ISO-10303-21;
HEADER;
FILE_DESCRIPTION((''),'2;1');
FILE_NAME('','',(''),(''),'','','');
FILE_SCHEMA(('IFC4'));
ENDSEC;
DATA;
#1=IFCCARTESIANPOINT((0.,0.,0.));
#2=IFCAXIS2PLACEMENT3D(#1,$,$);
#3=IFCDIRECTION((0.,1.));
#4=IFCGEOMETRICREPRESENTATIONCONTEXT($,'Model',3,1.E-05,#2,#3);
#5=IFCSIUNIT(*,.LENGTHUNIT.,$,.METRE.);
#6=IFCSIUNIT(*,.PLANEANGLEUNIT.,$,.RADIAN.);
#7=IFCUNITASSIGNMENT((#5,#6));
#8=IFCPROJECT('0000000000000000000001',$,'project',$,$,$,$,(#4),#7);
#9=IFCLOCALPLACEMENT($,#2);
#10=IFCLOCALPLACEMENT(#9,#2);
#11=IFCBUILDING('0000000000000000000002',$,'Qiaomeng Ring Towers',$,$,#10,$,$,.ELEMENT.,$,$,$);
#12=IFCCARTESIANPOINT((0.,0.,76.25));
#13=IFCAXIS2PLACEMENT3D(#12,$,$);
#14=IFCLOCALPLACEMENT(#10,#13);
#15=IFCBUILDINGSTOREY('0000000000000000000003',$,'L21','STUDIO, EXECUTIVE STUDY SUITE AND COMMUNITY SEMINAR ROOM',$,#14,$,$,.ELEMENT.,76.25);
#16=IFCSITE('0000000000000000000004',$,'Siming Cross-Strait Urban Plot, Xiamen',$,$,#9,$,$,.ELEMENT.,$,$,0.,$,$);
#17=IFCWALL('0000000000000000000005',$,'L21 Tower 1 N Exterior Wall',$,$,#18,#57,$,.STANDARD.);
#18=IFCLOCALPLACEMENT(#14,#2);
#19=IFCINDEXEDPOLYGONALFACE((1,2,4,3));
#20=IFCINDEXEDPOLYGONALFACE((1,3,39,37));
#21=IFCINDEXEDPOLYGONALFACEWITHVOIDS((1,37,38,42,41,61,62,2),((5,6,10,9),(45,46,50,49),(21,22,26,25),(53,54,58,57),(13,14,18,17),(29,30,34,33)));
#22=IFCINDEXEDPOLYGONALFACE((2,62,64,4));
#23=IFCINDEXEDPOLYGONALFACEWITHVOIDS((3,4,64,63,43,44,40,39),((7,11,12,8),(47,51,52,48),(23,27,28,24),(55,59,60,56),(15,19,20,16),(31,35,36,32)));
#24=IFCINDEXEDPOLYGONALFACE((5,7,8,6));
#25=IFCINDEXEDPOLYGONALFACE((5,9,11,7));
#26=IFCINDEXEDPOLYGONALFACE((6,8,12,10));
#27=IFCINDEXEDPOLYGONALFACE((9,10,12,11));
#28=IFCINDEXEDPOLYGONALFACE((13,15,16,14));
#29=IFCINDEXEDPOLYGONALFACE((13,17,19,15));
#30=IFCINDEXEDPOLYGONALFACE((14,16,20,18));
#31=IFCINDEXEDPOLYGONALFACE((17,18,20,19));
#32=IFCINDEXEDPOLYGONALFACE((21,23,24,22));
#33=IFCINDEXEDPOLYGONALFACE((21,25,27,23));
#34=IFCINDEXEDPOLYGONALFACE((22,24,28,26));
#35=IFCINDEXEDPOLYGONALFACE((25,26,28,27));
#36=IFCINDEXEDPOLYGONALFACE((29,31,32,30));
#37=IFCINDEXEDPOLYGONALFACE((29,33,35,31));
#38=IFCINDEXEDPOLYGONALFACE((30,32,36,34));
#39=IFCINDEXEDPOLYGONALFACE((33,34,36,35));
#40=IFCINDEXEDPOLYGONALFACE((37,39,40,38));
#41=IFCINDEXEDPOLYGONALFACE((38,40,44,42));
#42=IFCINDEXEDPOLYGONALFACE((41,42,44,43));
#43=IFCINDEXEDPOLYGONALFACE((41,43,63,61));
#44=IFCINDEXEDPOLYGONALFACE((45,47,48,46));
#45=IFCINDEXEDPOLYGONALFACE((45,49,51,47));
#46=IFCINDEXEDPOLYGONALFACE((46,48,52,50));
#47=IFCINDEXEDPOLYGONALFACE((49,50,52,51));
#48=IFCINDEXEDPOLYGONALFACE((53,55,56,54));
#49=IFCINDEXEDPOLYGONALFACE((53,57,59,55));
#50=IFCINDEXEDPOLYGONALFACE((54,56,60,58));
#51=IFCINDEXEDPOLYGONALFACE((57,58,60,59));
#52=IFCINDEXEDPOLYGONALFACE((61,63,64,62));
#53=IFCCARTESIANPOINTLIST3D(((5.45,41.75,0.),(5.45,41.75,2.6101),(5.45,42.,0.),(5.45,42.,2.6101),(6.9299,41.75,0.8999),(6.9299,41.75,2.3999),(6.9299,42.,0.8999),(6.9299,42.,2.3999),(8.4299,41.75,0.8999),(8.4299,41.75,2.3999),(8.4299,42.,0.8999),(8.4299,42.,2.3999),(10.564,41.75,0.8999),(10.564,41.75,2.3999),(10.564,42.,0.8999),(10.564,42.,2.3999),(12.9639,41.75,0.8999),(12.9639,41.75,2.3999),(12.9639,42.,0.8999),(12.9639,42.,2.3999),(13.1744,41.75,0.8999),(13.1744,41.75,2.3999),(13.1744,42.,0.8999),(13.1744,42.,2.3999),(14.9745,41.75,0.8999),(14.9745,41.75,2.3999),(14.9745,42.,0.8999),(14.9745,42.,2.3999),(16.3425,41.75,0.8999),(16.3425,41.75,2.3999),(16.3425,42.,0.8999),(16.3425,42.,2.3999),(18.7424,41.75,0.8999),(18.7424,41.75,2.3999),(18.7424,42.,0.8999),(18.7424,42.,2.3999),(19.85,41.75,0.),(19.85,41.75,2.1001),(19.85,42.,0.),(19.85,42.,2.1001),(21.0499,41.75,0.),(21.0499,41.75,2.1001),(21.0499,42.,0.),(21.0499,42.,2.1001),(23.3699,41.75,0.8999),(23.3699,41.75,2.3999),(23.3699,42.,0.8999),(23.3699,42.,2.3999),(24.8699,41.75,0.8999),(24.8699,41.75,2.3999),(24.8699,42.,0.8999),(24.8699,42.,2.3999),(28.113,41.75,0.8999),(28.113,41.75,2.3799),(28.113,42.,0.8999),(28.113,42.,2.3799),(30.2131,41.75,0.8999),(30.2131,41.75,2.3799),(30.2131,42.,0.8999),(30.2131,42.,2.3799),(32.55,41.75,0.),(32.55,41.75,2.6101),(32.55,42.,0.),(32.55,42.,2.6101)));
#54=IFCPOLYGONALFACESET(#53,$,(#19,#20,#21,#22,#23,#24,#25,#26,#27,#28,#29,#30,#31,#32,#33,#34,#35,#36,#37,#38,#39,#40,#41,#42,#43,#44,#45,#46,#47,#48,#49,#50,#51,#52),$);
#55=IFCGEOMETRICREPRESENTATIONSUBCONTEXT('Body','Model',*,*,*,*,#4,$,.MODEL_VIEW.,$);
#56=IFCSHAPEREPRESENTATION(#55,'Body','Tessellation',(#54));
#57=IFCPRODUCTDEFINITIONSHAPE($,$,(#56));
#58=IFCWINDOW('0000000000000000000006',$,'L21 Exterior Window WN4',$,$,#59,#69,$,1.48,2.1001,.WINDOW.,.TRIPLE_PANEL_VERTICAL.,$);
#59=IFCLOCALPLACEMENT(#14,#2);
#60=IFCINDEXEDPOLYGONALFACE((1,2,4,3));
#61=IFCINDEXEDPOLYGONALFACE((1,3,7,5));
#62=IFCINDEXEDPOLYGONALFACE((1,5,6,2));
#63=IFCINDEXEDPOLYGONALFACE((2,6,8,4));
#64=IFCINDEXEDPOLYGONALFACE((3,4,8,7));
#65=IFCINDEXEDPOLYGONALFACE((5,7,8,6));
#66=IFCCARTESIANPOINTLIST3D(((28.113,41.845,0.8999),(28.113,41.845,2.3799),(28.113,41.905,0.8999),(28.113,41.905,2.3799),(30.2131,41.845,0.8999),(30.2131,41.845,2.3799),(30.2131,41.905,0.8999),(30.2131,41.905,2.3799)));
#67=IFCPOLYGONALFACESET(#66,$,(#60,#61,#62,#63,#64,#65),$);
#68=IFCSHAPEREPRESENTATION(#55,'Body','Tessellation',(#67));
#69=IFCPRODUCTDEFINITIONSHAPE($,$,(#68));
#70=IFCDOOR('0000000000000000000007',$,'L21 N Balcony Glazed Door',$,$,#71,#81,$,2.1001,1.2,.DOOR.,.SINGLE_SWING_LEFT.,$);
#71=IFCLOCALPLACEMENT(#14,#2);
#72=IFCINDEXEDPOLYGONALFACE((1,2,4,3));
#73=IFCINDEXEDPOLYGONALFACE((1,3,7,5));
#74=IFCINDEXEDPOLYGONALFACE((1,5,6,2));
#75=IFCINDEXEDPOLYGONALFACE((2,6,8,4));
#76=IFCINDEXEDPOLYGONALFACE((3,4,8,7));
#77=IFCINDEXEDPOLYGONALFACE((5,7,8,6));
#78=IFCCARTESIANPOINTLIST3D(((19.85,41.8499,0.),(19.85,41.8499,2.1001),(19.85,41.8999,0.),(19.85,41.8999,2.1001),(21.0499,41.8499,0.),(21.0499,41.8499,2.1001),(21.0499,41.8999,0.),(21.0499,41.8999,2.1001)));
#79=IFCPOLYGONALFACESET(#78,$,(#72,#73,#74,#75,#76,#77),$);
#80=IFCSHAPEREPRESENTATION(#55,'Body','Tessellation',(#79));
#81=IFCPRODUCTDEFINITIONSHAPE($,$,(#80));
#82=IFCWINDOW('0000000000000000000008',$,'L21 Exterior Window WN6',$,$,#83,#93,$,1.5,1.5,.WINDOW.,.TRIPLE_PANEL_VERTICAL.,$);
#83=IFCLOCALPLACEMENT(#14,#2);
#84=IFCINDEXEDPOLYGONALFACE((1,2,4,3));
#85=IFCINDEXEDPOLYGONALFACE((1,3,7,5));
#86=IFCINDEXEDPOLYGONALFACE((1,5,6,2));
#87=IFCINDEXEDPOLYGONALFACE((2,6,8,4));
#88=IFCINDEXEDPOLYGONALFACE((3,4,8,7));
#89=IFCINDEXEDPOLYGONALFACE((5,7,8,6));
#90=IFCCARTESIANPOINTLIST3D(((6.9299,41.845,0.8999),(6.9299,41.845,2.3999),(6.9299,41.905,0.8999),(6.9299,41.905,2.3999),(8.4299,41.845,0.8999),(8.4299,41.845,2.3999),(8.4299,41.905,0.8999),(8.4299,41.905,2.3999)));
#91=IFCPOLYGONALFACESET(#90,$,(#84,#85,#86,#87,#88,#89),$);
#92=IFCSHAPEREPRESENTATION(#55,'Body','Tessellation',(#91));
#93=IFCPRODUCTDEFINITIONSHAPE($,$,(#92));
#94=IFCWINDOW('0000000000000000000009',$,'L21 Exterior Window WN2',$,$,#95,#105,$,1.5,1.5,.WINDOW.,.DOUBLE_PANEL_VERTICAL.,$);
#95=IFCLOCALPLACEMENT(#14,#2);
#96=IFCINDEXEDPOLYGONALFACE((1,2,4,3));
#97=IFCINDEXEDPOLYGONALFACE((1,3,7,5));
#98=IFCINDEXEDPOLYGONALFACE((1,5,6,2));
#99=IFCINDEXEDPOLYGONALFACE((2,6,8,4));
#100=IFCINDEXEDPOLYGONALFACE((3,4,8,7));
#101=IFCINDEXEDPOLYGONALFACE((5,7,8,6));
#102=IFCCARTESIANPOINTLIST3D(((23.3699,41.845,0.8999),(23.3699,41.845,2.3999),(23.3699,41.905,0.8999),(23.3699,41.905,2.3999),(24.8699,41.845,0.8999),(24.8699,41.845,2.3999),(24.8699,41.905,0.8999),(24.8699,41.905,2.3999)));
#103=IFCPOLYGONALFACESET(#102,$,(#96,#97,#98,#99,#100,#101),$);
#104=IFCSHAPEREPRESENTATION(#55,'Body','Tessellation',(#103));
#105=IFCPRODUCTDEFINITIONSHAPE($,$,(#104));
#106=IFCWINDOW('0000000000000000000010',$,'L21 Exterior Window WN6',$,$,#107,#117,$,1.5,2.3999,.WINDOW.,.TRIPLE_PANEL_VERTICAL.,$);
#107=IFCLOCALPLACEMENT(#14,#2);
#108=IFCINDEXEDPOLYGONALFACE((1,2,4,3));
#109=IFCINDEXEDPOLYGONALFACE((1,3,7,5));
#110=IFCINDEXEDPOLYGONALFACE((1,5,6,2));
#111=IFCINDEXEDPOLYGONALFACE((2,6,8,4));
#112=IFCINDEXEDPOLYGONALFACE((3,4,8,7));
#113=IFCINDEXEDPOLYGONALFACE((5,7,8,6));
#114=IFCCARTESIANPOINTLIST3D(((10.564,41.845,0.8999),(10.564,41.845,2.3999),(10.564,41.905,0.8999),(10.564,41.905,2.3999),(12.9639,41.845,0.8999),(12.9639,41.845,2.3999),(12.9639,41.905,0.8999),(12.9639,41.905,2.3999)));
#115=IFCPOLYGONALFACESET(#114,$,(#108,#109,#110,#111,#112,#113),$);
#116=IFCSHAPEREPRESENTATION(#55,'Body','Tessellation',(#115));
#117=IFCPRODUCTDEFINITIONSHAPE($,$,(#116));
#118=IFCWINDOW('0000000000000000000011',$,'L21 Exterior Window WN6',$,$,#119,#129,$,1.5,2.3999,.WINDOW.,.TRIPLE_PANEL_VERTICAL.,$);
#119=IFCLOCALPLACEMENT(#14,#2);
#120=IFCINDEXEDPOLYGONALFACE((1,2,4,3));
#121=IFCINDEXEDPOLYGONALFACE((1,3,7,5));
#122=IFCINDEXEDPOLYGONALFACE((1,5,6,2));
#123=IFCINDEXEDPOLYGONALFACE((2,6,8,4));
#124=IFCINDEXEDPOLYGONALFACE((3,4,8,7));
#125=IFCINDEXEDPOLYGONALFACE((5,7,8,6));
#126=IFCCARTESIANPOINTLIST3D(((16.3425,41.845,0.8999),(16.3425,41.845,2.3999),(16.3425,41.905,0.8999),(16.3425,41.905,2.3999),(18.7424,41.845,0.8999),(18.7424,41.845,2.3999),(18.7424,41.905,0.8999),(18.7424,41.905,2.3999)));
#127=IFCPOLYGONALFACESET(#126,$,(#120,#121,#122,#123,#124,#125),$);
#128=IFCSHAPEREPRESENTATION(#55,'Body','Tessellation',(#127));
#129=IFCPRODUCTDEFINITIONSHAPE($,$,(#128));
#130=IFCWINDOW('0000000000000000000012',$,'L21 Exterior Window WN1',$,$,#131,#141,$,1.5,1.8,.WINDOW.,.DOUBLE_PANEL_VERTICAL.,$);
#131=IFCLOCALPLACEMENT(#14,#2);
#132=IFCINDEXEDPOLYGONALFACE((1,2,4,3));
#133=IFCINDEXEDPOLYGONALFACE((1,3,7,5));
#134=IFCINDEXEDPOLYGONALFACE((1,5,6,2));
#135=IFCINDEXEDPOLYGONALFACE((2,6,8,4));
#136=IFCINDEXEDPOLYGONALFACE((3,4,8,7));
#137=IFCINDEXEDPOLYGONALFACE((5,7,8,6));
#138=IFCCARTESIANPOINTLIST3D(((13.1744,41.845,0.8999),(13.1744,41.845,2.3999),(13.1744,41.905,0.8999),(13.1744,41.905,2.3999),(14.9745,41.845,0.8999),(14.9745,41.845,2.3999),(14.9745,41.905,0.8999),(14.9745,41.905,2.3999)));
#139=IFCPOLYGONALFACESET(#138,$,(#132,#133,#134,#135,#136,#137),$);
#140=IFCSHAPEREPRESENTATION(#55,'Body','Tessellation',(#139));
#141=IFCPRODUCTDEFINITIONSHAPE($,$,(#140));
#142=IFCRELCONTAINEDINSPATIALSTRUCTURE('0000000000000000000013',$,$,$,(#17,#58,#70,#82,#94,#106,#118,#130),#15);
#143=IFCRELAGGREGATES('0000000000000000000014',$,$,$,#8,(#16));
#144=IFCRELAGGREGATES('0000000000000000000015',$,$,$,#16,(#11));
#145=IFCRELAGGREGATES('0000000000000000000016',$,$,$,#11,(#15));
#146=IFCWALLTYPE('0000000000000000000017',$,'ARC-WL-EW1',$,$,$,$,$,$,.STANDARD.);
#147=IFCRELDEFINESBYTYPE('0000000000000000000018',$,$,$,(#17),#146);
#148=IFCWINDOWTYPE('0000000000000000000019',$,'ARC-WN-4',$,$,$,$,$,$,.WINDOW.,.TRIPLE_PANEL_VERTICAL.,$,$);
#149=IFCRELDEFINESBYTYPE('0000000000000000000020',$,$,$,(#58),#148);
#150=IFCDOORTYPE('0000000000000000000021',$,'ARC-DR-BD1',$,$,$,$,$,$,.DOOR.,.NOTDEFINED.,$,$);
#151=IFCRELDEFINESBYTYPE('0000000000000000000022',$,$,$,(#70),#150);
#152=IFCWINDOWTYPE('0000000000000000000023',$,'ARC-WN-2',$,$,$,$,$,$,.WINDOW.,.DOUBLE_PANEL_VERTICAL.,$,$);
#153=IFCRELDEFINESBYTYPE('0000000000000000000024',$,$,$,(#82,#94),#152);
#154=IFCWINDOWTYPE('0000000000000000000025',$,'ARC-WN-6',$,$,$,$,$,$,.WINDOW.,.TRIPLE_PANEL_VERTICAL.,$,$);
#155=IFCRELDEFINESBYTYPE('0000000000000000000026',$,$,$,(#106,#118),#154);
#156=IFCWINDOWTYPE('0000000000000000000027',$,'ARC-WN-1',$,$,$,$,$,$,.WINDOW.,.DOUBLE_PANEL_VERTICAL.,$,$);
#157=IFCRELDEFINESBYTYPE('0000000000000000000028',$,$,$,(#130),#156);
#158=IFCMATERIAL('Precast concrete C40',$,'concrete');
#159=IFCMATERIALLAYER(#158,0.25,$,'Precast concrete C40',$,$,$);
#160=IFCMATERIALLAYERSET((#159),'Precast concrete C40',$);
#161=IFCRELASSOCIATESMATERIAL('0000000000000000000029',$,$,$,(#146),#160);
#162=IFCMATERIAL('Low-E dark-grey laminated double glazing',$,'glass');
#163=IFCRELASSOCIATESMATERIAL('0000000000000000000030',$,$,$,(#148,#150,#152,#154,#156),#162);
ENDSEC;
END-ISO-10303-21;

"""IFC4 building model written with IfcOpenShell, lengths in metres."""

from ifc_helpers import new_model, si_unit, direction, frame, frame_2d, origin, place, context, subcontext, project, spatial, rectangle, extrude, source, transform, mapped, material, layer, layer_set, type_object, element, fill, save


model = new_model("IFC4")

# Units and contexts
model_context = context("Model", 3, precision=1e-05, world=origin(), true_north=direction((0.0, 1.0)))
body_context = subcontext(model_context, "Body", "Model", "MODEL_VIEW")
ifc_project = project(units=[si_unit("LENGTHUNIT", "METRE"), si_unit("PLANEANGLEUNIT", "RADIAN")], contexts=[model_context])

# Site, building, storey
site_placement = place(None, origin())
site = spatial("IfcSite", under=ifc_project, at=site_placement, Name="Siming Cross-Strait Urban Plot, Xiamen", CompositionType="ELEMENT", RefElevation=0.0)
building_placement = place(site_placement, origin())
building = spatial("IfcBuilding", under=site, at=building_placement, Name="Qiaomeng Ring Towers", CompositionType="ELEMENT")
storey_placement = place(building_placement, frame((0.0, 0.0, 76.25)))
storey = spatial("IfcBuildingStorey", under=building, at=storey_placement, Name="L21", Description="STUDIO, EXECUTIVE STUDY SUITE AND COMMUNITY SEMINAR ROOM", CompositionType="ELEMENT", Elevation=76.25)

# Shared definitions
ifc_material_1 = material(Name="Low-E dark-grey laminated double glazing", Category="glass")

# Wall, openings, windows, door
ifc_material_2 = material(Name="Precast concrete C40", Category="concrete")
ifc_layer_1 = layer(ifc_material_2, 0.25, Name="Precast concrete C40")
ifc_layer_set_1 = layer_set([ifc_layer_1], Name="Precast concrete C40")
wall_type_1 = type_object("IfcWallType", Name="ARC-WL-EW1", PredefinedType="STANDARD", material=ifc_layer_set_1)
wall_1_placement = place(storey_placement, frame((5.45, 41.875, 0.0), z_axis=(0.0, 0.0, 1.0), x_axis=(1.0, 0.0, 0.0)))
wall_1 = element("IfcWall", 1, at=wall_1_placement, inside=storey, type_object=wall_type_1, Name="L21 Tower 1 N Exterior Wall", PredefinedType="STANDARD", context=body_context, shape_type="SweptSolid", body=[
    extrude(rectangle(XDim=27.1001, YDim=0.25, at=frame_2d((13.55, 0.0))), origin(), (0.0, 0.0, 1.0), 2.6101),
])
opening_1_placement = place(wall_1_placement, frame((14.3999, 0.0, 0.0)))
opening_1 = element("IfcOpeningElement", 2, at=opening_1_placement, cuts=wall_1, PredefinedType="OPENING", context=body_context, shape_type="SweptSolid", body=[
    extrude(rectangle(XDim=1.2, YDim=2.1001, at=frame_2d((0.6001, 1.05))), frame((0.0, 0.135, 0.0), z_axis=(0.0, -1.0, 0.0), x_axis=(1.0, 0.0, 0.0)), (0.0, 0.0, 1.0), 0.27),
])
opening_2_placement = place(wall_1_placement, frame((1.48, 0.0, 0.8999)))
opening_2 = element("IfcOpeningElement", 3, at=opening_2_placement, cuts=wall_1, PredefinedType="OPENING", context=body_context, shape_type="SweptSolid", body=[
    extrude(rectangle(XDim=1.5, YDim=1.5, at=frame_2d((0.75, 0.75))), frame((0.0, 0.135, 0.0), z_axis=(0.0, -1.0, 0.0), x_axis=(1.0, 0.0, 0.0)), (0.0, 0.0, 1.0), 0.27),
])
opening_3_placement = place(wall_1_placement, frame((7.7246, 0.0, 0.8999)))
opening_3 = element("IfcOpeningElement", 4, at=opening_3_placement, cuts=wall_1, PredefinedType="OPENING", context=body_context, shape_type="SweptSolid", body=[
    extrude(rectangle(XDim=1.8, YDim=1.5, at=frame_2d((0.8999, 0.75))), frame((0.0, 0.135, 0.0), z_axis=(0.0, -1.0, 0.0), x_axis=(1.0, 0.0, 0.0)), (0.0, 0.0, 1.0), 0.27),
])
opening_4_placement = place(wall_1_placement, frame((17.9199, 0.0, 0.8999)))
opening_4 = element("IfcOpeningElement", 5, at=opening_4_placement, cuts=wall_1, PredefinedType="OPENING", context=body_context, shape_type="SweptSolid", body=[
    extrude(rectangle(XDim=1.5, YDim=1.5, at=frame_2d((0.75, 0.75))), frame((0.0, 0.135, 0.0), z_axis=(0.0, -1.0, 0.0), x_axis=(1.0, 0.0, 0.0)), (0.0, 0.0, 1.0), 0.27),
])
opening_5_placement = place(wall_1_placement, frame((22.6631, 0.0, 0.8999)))
opening_5 = element("IfcOpeningElement", 6, at=opening_5_placement, cuts=wall_1, PredefinedType="OPENING", context=body_context, shape_type="SweptSolid", body=[
    extrude(rectangle(XDim=2.1001, YDim=1.48, at=frame_2d((1.05, 0.74))), frame((0.0, 0.135, 0.0), z_axis=(0.0, -1.0, 0.0), x_axis=(1.0, 0.0, 0.0)), (0.0, 0.0, 1.0), 0.27),
])
opening_6_placement = place(wall_1_placement, frame((5.114, 0.0, 0.8999)))
opening_6 = element("IfcOpeningElement", 7, at=opening_6_placement, cuts=wall_1, PredefinedType="OPENING", context=body_context, shape_type="SweptSolid", body=[
    extrude(rectangle(XDim=2.3999, YDim=1.5, at=frame_2d((1.2, 0.75))), frame((0.0, 0.135, 0.0), z_axis=(0.0, -1.0, 0.0), x_axis=(1.0, 0.0, 0.0)), (0.0, 0.0, 1.0), 0.27),
])
opening_7_placement = place(wall_1_placement, frame((10.8926, 0.0, 0.8999)))
opening_7 = element("IfcOpeningElement", 8, at=opening_7_placement, cuts=wall_1, PredefinedType="OPENING", context=body_context, shape_type="SweptSolid", body=[
    extrude(rectangle(XDim=2.3999, YDim=1.5, at=frame_2d((1.2, 0.75))), frame((0.0, 0.135, 0.0), z_axis=(0.0, -1.0, 0.0), x_axis=(1.0, 0.0, 0.0)), (0.0, 0.0, 1.0), 0.27),
])
window_type_1 = type_object("IfcWindowType", Name="ARC-WN-4", PartitioningType="TRIPLE_PANEL_VERTICAL", PredefinedType="WINDOW", material=ifc_material_1)
shared_shape_1 = source(origin(), body_context, "Body", "SweptSolid", [
    extrude(rectangle(XDim=2.1001, YDim=1.48, at=frame_2d((1.05, 0.74))), frame((0.0, 0.03, 0.0), z_axis=(0.0, -1.0, 0.0), x_axis=(1.0, 0.0, 0.0)), (0.0, 0.0, 1.0), 0.0601),
])
window_1_placement = place(opening_5_placement, origin())
window_1 = element("IfcWindow", 9, at=window_1_placement, inside=storey, type_object=window_type_1, Name="L21 Exterior Window WN4", OverallHeight=1.48, OverallWidth=2.1001, PartitioningType="TRIPLE_PANEL_VERTICAL", PredefinedType="WINDOW", context=body_context, shape_type="MappedRepresentation", body=[
    mapped(shared_shape_1, transform((0.0, 0.0, 0.0), x_axis=(1.0, 0.0, 0.0), y_axis=(0.0, 1.0, 0.0), z_axis=(0.0, 0.0, 1.0), scale=1.0)),
])
fill(opening_5, window_1)
door_type = type_object("IfcDoorType", Name="ARC-DR-BD1", OperationType="NOTDEFINED", PredefinedType="DOOR", material=ifc_material_1)
shared_shape_2 = source(origin(), body_context, "Body", "SweptSolid", [
    extrude(rectangle(XDim=1.2, YDim=2.1001, at=frame_2d((0.6001, 1.05))), frame((0.0, 0.0249, 0.0), z_axis=(0.0, -1.0, 0.0), x_axis=(1.0, 0.0, 0.0)), (0.0, 0.0, 1.0), 0.05),
])
door_placement = place(opening_1_placement, origin())
door = element("IfcDoor", 10, at=door_placement, inside=storey, type_object=door_type, Name="L21 N Balcony Glazed Door", OperationType="SINGLE_SWING_LEFT", OverallHeight=2.1001, OverallWidth=1.2, PredefinedType="DOOR", context=body_context, shape_type="MappedRepresentation", body=[
    mapped(shared_shape_2, transform((0.0, 0.0, 0.0), x_axis=(1.0, 0.0, 0.0), y_axis=(0.0, 1.0, 0.0), z_axis=(0.0, 0.0, 1.0), scale=1.0)),
])
fill(opening_1, door)
window_type_2 = type_object("IfcWindowType", Name="ARC-WN-2", PartitioningType="DOUBLE_PANEL_VERTICAL", PredefinedType="WINDOW", material=ifc_material_1)
shared_shape_3 = source(origin(), body_context, "Body", "SweptSolid", [
    extrude(rectangle(XDim=1.5, YDim=1.5, at=frame_2d((0.75, 0.75))), frame((0.0, 0.03, 0.0), z_axis=(0.0, -1.0, 0.0), x_axis=(1.0, 0.0, 0.0)), (0.0, 0.0, 1.0), 0.0601),
])
window_2_placement = place(opening_2_placement, origin())
window_2 = element("IfcWindow", 11, at=window_2_placement, inside=storey, type_object=window_type_2, Name="L21 Exterior Window WN6", OverallHeight=1.5, OverallWidth=1.5, PartitioningType="TRIPLE_PANEL_VERTICAL", PredefinedType="WINDOW", context=body_context, shape_type="MappedRepresentation", body=[
    mapped(shared_shape_3, transform((0.0, 0.0, 0.0), x_axis=(1.0, 0.0, 0.0), y_axis=(0.0, 1.0, 0.0), z_axis=(0.0, 0.0, 1.0), scale=1.0)),
])
fill(opening_2, window_2)
window_3_placement = place(opening_4_placement, origin())
window_3 = element("IfcWindow", 12, at=window_3_placement, inside=storey, type_object=window_type_2, Name="L21 Exterior Window WN2", OverallHeight=1.5, OverallWidth=1.5, PartitioningType="DOUBLE_PANEL_VERTICAL", PredefinedType="WINDOW", context=body_context, shape_type="MappedRepresentation", body=[
    mapped(shared_shape_3, transform((0.0, 0.0, 0.0), x_axis=(1.0, 0.0, 0.0), y_axis=(0.0, 1.0, 0.0), z_axis=(0.0, 0.0, 1.0), scale=1.0)),
])
fill(opening_4, window_3)
window_type_3 = type_object("IfcWindowType", Name="ARC-WN-6", PartitioningType="TRIPLE_PANEL_VERTICAL", PredefinedType="WINDOW", material=ifc_material_1)
shared_shape_4 = source(origin(), body_context, "Body", "SweptSolid", [
    extrude(rectangle(XDim=2.3999, YDim=1.5, at=frame_2d((1.2, 0.75))), frame((0.0, 0.03, 0.0), z_axis=(0.0, -1.0, 0.0), x_axis=(1.0, 0.0, 0.0)), (0.0, 0.0, 1.0), 0.0601),
])
window_4_placement = place(opening_6_placement, origin())
window_4 = element("IfcWindow", 13, at=window_4_placement, inside=storey, type_object=window_type_3, Name="L21 Exterior Window WN6", OverallHeight=1.5, OverallWidth=2.3999, PartitioningType="TRIPLE_PANEL_VERTICAL", PredefinedType="WINDOW", context=body_context, shape_type="MappedRepresentation", body=[
    mapped(shared_shape_4, transform((0.0, 0.0, 0.0), x_axis=(1.0, 0.0, 0.0), y_axis=(0.0, 1.0, 0.0), z_axis=(0.0, 0.0, 1.0), scale=1.0)),
])
fill(opening_6, window_4)
window_5_placement = place(opening_7_placement, origin())
window_5 = element("IfcWindow", 14, at=window_5_placement, inside=storey, type_object=window_type_3, Name="L21 Exterior Window WN6", OverallHeight=1.5, OverallWidth=2.3999, PartitioningType="TRIPLE_PANEL_VERTICAL", PredefinedType="WINDOW", context=body_context, shape_type="MappedRepresentation", body=[
    mapped(shared_shape_4, transform((0.0, 0.0, 0.0), x_axis=(1.0, 0.0, 0.0), y_axis=(0.0, 1.0, 0.0), z_axis=(0.0, 0.0, 1.0), scale=1.0)),
])
fill(opening_7, window_5)
window_type_4 = type_object("IfcWindowType", Name="ARC-WN-1", PartitioningType="DOUBLE_PANEL_VERTICAL", PredefinedType="WINDOW", material=ifc_material_1)
shared_shape_5 = source(origin(), body_context, "Body", "SweptSolid", [
    extrude(rectangle(XDim=1.8, YDim=1.5, at=frame_2d((0.8999, 0.75))), frame((0.0, 0.03, 0.0), z_axis=(0.0, -1.0, 0.0), x_axis=(1.0, 0.0, 0.0)), (0.0, 0.0, 1.0), 0.0601),
])
window_6_placement = place(opening_3_placement, origin())
window_6 = element("IfcWindow", 15, at=window_6_placement, inside=storey, type_object=window_type_4, Name="L21 Exterior Window WN1", OverallHeight=1.5, OverallWidth=1.8, PartitioningType="DOUBLE_PANEL_VERTICAL", PredefinedType="WINDOW", context=body_context, shape_type="MappedRepresentation", body=[
    mapped(shared_shape_5, transform((0.0, 0.0, 0.0), x_axis=(1.0, 0.0, 0.0), y_axis=(0.0, 1.0, 0.0), z_axis=(0.0, 0.0, 1.0), scale=1.0)),
])
fill(opening_3, window_6)

save(model, "model.ifc")
